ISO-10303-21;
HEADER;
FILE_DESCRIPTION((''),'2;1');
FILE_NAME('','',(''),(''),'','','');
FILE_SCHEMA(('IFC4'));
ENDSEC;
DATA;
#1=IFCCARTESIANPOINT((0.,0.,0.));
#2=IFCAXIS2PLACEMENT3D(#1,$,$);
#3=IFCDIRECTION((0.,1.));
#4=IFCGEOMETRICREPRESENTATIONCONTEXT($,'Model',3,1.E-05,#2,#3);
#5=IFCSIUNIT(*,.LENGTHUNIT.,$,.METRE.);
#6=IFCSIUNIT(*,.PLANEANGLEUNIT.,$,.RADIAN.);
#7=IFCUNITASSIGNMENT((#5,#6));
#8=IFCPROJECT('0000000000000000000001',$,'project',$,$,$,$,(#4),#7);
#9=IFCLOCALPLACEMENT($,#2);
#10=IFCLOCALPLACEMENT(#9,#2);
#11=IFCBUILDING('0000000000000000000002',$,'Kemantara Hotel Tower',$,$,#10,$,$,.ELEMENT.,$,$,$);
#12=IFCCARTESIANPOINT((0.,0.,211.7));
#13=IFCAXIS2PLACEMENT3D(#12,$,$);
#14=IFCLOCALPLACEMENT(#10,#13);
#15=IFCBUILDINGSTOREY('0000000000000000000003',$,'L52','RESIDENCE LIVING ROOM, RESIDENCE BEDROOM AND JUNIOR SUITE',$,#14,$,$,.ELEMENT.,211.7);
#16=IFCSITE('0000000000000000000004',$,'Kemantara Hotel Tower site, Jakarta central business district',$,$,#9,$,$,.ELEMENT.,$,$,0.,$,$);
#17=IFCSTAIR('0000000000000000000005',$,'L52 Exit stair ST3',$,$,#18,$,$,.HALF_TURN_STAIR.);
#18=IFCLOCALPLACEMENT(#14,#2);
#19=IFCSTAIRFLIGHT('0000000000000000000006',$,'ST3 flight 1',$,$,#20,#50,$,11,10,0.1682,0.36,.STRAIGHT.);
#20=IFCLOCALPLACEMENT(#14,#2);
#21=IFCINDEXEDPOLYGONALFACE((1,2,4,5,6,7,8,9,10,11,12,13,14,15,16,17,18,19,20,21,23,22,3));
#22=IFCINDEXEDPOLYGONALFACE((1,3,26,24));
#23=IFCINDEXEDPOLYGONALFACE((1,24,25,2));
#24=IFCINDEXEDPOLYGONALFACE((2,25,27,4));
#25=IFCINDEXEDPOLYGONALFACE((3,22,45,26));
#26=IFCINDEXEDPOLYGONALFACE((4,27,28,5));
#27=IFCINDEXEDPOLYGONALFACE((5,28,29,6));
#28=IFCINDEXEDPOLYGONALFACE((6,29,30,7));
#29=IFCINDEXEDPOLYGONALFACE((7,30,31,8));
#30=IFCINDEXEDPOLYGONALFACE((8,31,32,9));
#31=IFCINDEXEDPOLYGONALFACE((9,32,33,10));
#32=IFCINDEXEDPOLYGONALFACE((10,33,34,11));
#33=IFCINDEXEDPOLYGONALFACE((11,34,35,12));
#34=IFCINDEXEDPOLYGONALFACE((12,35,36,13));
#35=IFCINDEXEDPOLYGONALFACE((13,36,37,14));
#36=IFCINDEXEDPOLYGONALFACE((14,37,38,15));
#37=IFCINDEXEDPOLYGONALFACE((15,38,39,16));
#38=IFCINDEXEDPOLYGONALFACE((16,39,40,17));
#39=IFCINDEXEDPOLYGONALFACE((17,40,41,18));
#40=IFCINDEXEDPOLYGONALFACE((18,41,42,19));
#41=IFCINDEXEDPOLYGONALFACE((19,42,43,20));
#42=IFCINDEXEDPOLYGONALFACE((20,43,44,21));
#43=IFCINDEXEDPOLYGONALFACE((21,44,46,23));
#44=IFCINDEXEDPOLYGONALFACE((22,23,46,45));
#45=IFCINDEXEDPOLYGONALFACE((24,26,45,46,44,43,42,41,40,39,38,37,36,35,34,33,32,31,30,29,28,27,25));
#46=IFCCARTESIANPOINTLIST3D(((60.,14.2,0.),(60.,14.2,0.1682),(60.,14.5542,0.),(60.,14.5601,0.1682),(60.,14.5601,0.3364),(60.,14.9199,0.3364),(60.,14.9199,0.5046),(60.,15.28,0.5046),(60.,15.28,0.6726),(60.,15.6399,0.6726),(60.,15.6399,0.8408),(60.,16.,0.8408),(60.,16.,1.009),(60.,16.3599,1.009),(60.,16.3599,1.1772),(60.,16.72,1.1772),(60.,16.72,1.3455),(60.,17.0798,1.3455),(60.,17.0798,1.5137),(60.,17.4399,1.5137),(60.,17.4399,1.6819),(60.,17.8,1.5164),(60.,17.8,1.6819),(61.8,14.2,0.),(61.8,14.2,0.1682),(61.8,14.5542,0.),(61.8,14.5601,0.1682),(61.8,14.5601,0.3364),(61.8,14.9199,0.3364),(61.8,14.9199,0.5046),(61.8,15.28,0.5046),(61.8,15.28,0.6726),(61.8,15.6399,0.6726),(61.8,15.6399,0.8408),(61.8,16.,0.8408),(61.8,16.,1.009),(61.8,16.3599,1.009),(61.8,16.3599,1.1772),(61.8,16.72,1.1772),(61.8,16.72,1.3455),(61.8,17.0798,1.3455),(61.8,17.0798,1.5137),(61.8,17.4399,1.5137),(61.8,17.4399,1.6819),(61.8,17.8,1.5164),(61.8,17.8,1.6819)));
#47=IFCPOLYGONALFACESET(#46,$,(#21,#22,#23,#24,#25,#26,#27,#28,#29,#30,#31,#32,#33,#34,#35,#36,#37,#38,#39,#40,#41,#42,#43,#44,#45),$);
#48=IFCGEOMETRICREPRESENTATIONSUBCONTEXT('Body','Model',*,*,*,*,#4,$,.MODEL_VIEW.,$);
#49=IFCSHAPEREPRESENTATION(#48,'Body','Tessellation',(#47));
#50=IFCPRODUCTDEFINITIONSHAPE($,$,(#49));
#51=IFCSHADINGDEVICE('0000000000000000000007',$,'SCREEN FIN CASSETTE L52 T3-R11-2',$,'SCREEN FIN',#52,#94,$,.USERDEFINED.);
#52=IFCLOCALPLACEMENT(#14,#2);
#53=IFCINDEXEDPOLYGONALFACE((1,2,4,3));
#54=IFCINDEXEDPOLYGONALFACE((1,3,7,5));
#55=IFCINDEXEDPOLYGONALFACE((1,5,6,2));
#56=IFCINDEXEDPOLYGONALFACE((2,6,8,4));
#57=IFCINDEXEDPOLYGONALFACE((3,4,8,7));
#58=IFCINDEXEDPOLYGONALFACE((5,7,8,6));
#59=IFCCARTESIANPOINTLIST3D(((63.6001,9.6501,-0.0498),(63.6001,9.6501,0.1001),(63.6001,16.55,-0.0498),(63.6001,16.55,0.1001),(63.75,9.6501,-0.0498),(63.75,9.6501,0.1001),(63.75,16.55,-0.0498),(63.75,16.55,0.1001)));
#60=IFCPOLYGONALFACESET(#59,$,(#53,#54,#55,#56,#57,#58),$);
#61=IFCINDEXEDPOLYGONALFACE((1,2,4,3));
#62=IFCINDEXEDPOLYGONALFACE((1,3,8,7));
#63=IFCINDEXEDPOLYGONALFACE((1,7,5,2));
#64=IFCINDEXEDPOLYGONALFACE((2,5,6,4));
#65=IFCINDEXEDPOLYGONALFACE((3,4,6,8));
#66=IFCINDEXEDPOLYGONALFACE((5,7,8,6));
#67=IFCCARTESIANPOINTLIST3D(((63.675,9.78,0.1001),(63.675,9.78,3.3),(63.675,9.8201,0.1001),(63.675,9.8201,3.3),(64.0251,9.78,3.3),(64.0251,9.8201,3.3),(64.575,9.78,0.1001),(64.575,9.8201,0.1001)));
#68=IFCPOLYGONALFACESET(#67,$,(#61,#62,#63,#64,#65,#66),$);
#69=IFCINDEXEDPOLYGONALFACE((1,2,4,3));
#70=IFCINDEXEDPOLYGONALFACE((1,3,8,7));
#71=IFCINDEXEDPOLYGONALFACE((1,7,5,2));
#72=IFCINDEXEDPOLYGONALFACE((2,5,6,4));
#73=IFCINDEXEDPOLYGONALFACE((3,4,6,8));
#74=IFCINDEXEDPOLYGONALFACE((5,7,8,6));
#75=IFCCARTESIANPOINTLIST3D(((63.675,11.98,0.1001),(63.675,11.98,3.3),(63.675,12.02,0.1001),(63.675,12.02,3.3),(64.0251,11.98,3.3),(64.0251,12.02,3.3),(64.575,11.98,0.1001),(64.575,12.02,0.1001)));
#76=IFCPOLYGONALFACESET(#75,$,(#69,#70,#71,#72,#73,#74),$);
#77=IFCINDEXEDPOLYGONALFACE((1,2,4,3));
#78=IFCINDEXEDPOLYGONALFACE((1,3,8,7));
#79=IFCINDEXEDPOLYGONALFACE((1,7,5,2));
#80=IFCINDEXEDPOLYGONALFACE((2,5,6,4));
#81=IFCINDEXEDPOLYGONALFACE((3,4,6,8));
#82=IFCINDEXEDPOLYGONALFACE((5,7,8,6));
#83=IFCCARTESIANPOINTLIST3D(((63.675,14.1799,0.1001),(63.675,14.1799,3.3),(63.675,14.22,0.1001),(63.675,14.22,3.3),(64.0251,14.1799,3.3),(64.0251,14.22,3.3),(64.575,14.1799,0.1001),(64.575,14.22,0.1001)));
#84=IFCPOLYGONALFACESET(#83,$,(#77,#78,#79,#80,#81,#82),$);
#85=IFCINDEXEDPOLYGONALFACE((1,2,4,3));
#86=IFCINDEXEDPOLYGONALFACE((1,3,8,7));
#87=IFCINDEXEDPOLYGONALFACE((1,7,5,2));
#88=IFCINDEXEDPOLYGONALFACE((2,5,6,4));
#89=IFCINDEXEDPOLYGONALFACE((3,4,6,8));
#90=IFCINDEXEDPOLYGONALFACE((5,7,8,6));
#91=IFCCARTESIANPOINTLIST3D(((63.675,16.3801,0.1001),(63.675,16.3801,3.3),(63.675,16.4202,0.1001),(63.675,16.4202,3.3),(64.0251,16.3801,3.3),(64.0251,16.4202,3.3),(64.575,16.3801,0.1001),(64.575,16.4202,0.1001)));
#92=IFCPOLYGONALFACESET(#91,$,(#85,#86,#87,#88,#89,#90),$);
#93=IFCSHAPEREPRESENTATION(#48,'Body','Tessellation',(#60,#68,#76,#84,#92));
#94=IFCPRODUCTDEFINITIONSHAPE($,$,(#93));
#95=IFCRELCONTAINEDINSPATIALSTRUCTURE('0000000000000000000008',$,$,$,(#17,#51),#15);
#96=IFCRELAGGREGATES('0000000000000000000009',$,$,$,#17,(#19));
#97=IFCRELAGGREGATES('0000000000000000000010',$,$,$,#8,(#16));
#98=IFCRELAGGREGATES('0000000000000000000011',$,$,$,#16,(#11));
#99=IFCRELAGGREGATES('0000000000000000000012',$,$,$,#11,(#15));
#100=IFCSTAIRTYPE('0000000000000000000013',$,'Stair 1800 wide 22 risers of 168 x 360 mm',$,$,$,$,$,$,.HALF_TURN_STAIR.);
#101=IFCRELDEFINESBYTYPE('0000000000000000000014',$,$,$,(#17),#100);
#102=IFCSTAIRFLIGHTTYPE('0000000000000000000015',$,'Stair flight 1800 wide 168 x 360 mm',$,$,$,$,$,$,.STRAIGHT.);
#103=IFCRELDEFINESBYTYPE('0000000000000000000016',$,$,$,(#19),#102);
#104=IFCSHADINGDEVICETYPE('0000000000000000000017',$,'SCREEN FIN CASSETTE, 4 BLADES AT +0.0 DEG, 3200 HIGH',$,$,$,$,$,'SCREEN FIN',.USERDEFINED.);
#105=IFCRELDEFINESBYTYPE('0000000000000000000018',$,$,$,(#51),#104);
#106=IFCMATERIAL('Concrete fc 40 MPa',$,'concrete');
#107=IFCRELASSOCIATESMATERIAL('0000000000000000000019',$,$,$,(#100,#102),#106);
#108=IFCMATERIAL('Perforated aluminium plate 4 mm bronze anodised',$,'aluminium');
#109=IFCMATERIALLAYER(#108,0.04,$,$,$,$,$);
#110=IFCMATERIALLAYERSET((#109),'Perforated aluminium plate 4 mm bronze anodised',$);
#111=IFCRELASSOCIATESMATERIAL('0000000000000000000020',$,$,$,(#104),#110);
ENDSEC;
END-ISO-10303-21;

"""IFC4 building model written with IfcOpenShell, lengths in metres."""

from ifc_helpers import new_model, si_unit, direction, frame, origin, origin_2d, place, context, subcontext, project, spatial, polyline, rectangle, outline, extrude, source, transform, mapped, material, layer, layer_set, type_object, element, aggregate, save


model = new_model("IFC4")

# Units and contexts
model_context = context("Model", 3, precision=1e-05, world=origin(), true_north=direction((0.0, 1.0)))
body_context = subcontext(model_context, "Body", "Model", "MODEL_VIEW")
ifc_project = project(units=[si_unit("LENGTHUNIT", "METRE"), si_unit("PLANEANGLEUNIT", "RADIAN")], contexts=[model_context])

# Site, building, storey
site_placement = place(None, origin())
site = spatial("IfcSite", under=ifc_project, at=site_placement, Name="Kemantara Hotel Tower site, Jakarta central business district", CompositionType="ELEMENT", RefElevation=0.0)
building_placement = place(site_placement, origin())
building = spatial("IfcBuilding", under=site, at=building_placement, Name="Kemantara Hotel Tower", CompositionType="ELEMENT")
storey_placement = place(building_placement, frame((0.0, 0.0, 211.7)))
storey = spatial("IfcBuildingStorey", under=building, at=storey_placement, Name="L52", Description="RESIDENCE LIVING ROOM, RESIDENCE BEDROOM AND JUNIOR SUITE", CompositionType="ELEMENT", Elevation=211.7)

# Shared definitions
ifc_material_1 = material(Name="Concrete fc 40 MPa", Category="concrete")

# Stair, stair flight
stair_type = type_object("IfcStairType", Name="Stair 1800 wide 22 risers of 168 x 360 mm", PredefinedType="HALF_TURN_STAIR", material=ifc_material_1)
stair_placement = place(storey_placement, origin())
stair = element("IfcStair", 1, at=stair_placement, inside=storey, type_object=stair_type, Name="L52 Exit stair ST3", PredefinedType="HALF_TURN_STAIR")
stair_flight_type = type_object("IfcStairFlightType", Name="Stair flight 1800 wide 168 x 360 mm", PredefinedType="STRAIGHT", material=ifc_material_1)
stair_flight_placement = place(storey_placement, frame((60.8999, 14.2, 0.0), z_axis=(0.0, 0.0, 1.0), x_axis=(0.0, 1.0, 0.0)))
stair_flight = element("IfcStairFlight", 2, at=stair_flight_placement, type_object=stair_flight_type, Name="ST3 flight 1", NumberOfRisers=11, NumberOfTreads=10, PredefinedType="STRAIGHT", RiserHeight=0.1682, TreadLength=0.36, context=body_context, shape_type="SweptSolid", body=[
    extrude(outline(polyline([(0.0, 0.0), (0.0, 0.1682), (0.3601, 0.1682), (0.3601, 0.3364), (0.72, 0.3364), (0.72, 0.5046), (1.0801, 0.5046), (1.0801, 0.6726), (1.4399, 0.6726), (1.4399, 0.8408), (1.8, 0.8408), (1.8, 1.009), (2.1599, 1.009), (2.1599, 1.1772), (2.52, 1.1772), (2.52, 1.3455), (2.8799, 1.3455), (2.8799, 1.5137), (3.24, 1.5137), (3.24, 1.6819), (3.6001, 1.6819), (3.6001, 1.8501), (3.6001, 1.5164), (0.3542, 0.0), (0.0, 0.0)])), frame((0.0, 0.8999, 0.0), z_axis=(0.0, -1.0, 0.0), x_axis=(1.0, 0.0, 0.0)), (0.0, 0.0, 1.0), 1.8),
])
aggregate(stair, [stair_flight])

# Shading device
ifc_material_2 = material(Name="Perforated aluminium plate 4 mm bronze anodised", Category="aluminium")
ifc_layer_1 = layer(ifc_material_2, 0.04)
ifc_layer_set_1 = layer_set([ifc_layer_1], Name="Perforated aluminium plate 4 mm bronze anodised")
shading_device_type = type_object("IfcShadingDeviceType", Name="SCREEN FIN CASSETTE, 4 BLADES AT +0.0 DEG, 3200 HIGH", ElementType="SCREEN FIN", PredefinedType="USERDEFINED", material=ifc_layer_set_1)
shared_shape_1 = source(origin(), body_context, "Body", "SweptSolid", [
    extrude(rectangle(XDim=6.8999, YDim=0.1499, at=origin_2d()), frame((3.3, -0.075, -0.1499), z_axis=(0.0, 0.0, 1.0), x_axis=(1.0, 0.0, 0.0)), (0.0, 0.0, 1.0), 0.1499),
    extrude(outline(polyline([(0.0, 0.0), (0.8999, 0.0), (0.3501, 3.2), (0.0, 3.2), (0.0, 0.0)])), frame((0.02, -0.075, 0.0), z_axis=(-1.0, 0.0, 0.0), x_axis=(0.0, -1.0, 0.0)), (0.0, 0.0, 1.0), 0.04),
    extrude(outline(polyline([(0.0, 0.0), (0.8999, 0.0), (0.3501, 3.2), (0.0, 3.2), (0.0, 0.0)])), frame((2.22, -0.075, 0.0), z_axis=(-1.0, 0.0, 0.0), x_axis=(0.0, -1.0, 0.0)), (0.0, 0.0, 1.0), 0.04),
    extrude(outline(polyline([(0.0, 0.0), (0.8999, 0.0), (0.3501, 3.2), (0.0, 3.2), (0.0, 0.0)])), frame((4.4199, -0.075, 0.0), z_axis=(-1.0, 0.0, 0.0), x_axis=(0.0, -1.0, 0.0)), (0.0, 0.0, 1.0), 0.04),
    extrude(outline(polyline([(0.0, 0.0), (0.8999, 0.0), (0.3501, 3.2), (0.0, 3.2), (0.0, 0.0)])), frame((6.6201, -0.075, 0.0), z_axis=(-1.0, 0.0, 0.0), x_axis=(0.0, -1.0, 0.0)), (0.0, 0.0, 1.0), 0.04),
])
shading_device_placement = place(storey_placement, frame((63.6001, 9.8, 0.1001), z_axis=(0.0, 0.0, 1.0), x_axis=(0.0, 1.0, 0.0)))
element("IfcShadingDevice", 3, at=shading_device_placement, inside=storey, type_object=shading_device_type, Name="SCREEN FIN CASSETTE L52 T3-R11-2", ObjectType="SCREEN FIN", PredefinedType="USERDEFINED", context=body_context, shape_type="MappedRepresentation", body=[
    mapped(shared_shape_1, transform((0.0, 0.0, 0.0))),
])

save(model, "model.ifc")
